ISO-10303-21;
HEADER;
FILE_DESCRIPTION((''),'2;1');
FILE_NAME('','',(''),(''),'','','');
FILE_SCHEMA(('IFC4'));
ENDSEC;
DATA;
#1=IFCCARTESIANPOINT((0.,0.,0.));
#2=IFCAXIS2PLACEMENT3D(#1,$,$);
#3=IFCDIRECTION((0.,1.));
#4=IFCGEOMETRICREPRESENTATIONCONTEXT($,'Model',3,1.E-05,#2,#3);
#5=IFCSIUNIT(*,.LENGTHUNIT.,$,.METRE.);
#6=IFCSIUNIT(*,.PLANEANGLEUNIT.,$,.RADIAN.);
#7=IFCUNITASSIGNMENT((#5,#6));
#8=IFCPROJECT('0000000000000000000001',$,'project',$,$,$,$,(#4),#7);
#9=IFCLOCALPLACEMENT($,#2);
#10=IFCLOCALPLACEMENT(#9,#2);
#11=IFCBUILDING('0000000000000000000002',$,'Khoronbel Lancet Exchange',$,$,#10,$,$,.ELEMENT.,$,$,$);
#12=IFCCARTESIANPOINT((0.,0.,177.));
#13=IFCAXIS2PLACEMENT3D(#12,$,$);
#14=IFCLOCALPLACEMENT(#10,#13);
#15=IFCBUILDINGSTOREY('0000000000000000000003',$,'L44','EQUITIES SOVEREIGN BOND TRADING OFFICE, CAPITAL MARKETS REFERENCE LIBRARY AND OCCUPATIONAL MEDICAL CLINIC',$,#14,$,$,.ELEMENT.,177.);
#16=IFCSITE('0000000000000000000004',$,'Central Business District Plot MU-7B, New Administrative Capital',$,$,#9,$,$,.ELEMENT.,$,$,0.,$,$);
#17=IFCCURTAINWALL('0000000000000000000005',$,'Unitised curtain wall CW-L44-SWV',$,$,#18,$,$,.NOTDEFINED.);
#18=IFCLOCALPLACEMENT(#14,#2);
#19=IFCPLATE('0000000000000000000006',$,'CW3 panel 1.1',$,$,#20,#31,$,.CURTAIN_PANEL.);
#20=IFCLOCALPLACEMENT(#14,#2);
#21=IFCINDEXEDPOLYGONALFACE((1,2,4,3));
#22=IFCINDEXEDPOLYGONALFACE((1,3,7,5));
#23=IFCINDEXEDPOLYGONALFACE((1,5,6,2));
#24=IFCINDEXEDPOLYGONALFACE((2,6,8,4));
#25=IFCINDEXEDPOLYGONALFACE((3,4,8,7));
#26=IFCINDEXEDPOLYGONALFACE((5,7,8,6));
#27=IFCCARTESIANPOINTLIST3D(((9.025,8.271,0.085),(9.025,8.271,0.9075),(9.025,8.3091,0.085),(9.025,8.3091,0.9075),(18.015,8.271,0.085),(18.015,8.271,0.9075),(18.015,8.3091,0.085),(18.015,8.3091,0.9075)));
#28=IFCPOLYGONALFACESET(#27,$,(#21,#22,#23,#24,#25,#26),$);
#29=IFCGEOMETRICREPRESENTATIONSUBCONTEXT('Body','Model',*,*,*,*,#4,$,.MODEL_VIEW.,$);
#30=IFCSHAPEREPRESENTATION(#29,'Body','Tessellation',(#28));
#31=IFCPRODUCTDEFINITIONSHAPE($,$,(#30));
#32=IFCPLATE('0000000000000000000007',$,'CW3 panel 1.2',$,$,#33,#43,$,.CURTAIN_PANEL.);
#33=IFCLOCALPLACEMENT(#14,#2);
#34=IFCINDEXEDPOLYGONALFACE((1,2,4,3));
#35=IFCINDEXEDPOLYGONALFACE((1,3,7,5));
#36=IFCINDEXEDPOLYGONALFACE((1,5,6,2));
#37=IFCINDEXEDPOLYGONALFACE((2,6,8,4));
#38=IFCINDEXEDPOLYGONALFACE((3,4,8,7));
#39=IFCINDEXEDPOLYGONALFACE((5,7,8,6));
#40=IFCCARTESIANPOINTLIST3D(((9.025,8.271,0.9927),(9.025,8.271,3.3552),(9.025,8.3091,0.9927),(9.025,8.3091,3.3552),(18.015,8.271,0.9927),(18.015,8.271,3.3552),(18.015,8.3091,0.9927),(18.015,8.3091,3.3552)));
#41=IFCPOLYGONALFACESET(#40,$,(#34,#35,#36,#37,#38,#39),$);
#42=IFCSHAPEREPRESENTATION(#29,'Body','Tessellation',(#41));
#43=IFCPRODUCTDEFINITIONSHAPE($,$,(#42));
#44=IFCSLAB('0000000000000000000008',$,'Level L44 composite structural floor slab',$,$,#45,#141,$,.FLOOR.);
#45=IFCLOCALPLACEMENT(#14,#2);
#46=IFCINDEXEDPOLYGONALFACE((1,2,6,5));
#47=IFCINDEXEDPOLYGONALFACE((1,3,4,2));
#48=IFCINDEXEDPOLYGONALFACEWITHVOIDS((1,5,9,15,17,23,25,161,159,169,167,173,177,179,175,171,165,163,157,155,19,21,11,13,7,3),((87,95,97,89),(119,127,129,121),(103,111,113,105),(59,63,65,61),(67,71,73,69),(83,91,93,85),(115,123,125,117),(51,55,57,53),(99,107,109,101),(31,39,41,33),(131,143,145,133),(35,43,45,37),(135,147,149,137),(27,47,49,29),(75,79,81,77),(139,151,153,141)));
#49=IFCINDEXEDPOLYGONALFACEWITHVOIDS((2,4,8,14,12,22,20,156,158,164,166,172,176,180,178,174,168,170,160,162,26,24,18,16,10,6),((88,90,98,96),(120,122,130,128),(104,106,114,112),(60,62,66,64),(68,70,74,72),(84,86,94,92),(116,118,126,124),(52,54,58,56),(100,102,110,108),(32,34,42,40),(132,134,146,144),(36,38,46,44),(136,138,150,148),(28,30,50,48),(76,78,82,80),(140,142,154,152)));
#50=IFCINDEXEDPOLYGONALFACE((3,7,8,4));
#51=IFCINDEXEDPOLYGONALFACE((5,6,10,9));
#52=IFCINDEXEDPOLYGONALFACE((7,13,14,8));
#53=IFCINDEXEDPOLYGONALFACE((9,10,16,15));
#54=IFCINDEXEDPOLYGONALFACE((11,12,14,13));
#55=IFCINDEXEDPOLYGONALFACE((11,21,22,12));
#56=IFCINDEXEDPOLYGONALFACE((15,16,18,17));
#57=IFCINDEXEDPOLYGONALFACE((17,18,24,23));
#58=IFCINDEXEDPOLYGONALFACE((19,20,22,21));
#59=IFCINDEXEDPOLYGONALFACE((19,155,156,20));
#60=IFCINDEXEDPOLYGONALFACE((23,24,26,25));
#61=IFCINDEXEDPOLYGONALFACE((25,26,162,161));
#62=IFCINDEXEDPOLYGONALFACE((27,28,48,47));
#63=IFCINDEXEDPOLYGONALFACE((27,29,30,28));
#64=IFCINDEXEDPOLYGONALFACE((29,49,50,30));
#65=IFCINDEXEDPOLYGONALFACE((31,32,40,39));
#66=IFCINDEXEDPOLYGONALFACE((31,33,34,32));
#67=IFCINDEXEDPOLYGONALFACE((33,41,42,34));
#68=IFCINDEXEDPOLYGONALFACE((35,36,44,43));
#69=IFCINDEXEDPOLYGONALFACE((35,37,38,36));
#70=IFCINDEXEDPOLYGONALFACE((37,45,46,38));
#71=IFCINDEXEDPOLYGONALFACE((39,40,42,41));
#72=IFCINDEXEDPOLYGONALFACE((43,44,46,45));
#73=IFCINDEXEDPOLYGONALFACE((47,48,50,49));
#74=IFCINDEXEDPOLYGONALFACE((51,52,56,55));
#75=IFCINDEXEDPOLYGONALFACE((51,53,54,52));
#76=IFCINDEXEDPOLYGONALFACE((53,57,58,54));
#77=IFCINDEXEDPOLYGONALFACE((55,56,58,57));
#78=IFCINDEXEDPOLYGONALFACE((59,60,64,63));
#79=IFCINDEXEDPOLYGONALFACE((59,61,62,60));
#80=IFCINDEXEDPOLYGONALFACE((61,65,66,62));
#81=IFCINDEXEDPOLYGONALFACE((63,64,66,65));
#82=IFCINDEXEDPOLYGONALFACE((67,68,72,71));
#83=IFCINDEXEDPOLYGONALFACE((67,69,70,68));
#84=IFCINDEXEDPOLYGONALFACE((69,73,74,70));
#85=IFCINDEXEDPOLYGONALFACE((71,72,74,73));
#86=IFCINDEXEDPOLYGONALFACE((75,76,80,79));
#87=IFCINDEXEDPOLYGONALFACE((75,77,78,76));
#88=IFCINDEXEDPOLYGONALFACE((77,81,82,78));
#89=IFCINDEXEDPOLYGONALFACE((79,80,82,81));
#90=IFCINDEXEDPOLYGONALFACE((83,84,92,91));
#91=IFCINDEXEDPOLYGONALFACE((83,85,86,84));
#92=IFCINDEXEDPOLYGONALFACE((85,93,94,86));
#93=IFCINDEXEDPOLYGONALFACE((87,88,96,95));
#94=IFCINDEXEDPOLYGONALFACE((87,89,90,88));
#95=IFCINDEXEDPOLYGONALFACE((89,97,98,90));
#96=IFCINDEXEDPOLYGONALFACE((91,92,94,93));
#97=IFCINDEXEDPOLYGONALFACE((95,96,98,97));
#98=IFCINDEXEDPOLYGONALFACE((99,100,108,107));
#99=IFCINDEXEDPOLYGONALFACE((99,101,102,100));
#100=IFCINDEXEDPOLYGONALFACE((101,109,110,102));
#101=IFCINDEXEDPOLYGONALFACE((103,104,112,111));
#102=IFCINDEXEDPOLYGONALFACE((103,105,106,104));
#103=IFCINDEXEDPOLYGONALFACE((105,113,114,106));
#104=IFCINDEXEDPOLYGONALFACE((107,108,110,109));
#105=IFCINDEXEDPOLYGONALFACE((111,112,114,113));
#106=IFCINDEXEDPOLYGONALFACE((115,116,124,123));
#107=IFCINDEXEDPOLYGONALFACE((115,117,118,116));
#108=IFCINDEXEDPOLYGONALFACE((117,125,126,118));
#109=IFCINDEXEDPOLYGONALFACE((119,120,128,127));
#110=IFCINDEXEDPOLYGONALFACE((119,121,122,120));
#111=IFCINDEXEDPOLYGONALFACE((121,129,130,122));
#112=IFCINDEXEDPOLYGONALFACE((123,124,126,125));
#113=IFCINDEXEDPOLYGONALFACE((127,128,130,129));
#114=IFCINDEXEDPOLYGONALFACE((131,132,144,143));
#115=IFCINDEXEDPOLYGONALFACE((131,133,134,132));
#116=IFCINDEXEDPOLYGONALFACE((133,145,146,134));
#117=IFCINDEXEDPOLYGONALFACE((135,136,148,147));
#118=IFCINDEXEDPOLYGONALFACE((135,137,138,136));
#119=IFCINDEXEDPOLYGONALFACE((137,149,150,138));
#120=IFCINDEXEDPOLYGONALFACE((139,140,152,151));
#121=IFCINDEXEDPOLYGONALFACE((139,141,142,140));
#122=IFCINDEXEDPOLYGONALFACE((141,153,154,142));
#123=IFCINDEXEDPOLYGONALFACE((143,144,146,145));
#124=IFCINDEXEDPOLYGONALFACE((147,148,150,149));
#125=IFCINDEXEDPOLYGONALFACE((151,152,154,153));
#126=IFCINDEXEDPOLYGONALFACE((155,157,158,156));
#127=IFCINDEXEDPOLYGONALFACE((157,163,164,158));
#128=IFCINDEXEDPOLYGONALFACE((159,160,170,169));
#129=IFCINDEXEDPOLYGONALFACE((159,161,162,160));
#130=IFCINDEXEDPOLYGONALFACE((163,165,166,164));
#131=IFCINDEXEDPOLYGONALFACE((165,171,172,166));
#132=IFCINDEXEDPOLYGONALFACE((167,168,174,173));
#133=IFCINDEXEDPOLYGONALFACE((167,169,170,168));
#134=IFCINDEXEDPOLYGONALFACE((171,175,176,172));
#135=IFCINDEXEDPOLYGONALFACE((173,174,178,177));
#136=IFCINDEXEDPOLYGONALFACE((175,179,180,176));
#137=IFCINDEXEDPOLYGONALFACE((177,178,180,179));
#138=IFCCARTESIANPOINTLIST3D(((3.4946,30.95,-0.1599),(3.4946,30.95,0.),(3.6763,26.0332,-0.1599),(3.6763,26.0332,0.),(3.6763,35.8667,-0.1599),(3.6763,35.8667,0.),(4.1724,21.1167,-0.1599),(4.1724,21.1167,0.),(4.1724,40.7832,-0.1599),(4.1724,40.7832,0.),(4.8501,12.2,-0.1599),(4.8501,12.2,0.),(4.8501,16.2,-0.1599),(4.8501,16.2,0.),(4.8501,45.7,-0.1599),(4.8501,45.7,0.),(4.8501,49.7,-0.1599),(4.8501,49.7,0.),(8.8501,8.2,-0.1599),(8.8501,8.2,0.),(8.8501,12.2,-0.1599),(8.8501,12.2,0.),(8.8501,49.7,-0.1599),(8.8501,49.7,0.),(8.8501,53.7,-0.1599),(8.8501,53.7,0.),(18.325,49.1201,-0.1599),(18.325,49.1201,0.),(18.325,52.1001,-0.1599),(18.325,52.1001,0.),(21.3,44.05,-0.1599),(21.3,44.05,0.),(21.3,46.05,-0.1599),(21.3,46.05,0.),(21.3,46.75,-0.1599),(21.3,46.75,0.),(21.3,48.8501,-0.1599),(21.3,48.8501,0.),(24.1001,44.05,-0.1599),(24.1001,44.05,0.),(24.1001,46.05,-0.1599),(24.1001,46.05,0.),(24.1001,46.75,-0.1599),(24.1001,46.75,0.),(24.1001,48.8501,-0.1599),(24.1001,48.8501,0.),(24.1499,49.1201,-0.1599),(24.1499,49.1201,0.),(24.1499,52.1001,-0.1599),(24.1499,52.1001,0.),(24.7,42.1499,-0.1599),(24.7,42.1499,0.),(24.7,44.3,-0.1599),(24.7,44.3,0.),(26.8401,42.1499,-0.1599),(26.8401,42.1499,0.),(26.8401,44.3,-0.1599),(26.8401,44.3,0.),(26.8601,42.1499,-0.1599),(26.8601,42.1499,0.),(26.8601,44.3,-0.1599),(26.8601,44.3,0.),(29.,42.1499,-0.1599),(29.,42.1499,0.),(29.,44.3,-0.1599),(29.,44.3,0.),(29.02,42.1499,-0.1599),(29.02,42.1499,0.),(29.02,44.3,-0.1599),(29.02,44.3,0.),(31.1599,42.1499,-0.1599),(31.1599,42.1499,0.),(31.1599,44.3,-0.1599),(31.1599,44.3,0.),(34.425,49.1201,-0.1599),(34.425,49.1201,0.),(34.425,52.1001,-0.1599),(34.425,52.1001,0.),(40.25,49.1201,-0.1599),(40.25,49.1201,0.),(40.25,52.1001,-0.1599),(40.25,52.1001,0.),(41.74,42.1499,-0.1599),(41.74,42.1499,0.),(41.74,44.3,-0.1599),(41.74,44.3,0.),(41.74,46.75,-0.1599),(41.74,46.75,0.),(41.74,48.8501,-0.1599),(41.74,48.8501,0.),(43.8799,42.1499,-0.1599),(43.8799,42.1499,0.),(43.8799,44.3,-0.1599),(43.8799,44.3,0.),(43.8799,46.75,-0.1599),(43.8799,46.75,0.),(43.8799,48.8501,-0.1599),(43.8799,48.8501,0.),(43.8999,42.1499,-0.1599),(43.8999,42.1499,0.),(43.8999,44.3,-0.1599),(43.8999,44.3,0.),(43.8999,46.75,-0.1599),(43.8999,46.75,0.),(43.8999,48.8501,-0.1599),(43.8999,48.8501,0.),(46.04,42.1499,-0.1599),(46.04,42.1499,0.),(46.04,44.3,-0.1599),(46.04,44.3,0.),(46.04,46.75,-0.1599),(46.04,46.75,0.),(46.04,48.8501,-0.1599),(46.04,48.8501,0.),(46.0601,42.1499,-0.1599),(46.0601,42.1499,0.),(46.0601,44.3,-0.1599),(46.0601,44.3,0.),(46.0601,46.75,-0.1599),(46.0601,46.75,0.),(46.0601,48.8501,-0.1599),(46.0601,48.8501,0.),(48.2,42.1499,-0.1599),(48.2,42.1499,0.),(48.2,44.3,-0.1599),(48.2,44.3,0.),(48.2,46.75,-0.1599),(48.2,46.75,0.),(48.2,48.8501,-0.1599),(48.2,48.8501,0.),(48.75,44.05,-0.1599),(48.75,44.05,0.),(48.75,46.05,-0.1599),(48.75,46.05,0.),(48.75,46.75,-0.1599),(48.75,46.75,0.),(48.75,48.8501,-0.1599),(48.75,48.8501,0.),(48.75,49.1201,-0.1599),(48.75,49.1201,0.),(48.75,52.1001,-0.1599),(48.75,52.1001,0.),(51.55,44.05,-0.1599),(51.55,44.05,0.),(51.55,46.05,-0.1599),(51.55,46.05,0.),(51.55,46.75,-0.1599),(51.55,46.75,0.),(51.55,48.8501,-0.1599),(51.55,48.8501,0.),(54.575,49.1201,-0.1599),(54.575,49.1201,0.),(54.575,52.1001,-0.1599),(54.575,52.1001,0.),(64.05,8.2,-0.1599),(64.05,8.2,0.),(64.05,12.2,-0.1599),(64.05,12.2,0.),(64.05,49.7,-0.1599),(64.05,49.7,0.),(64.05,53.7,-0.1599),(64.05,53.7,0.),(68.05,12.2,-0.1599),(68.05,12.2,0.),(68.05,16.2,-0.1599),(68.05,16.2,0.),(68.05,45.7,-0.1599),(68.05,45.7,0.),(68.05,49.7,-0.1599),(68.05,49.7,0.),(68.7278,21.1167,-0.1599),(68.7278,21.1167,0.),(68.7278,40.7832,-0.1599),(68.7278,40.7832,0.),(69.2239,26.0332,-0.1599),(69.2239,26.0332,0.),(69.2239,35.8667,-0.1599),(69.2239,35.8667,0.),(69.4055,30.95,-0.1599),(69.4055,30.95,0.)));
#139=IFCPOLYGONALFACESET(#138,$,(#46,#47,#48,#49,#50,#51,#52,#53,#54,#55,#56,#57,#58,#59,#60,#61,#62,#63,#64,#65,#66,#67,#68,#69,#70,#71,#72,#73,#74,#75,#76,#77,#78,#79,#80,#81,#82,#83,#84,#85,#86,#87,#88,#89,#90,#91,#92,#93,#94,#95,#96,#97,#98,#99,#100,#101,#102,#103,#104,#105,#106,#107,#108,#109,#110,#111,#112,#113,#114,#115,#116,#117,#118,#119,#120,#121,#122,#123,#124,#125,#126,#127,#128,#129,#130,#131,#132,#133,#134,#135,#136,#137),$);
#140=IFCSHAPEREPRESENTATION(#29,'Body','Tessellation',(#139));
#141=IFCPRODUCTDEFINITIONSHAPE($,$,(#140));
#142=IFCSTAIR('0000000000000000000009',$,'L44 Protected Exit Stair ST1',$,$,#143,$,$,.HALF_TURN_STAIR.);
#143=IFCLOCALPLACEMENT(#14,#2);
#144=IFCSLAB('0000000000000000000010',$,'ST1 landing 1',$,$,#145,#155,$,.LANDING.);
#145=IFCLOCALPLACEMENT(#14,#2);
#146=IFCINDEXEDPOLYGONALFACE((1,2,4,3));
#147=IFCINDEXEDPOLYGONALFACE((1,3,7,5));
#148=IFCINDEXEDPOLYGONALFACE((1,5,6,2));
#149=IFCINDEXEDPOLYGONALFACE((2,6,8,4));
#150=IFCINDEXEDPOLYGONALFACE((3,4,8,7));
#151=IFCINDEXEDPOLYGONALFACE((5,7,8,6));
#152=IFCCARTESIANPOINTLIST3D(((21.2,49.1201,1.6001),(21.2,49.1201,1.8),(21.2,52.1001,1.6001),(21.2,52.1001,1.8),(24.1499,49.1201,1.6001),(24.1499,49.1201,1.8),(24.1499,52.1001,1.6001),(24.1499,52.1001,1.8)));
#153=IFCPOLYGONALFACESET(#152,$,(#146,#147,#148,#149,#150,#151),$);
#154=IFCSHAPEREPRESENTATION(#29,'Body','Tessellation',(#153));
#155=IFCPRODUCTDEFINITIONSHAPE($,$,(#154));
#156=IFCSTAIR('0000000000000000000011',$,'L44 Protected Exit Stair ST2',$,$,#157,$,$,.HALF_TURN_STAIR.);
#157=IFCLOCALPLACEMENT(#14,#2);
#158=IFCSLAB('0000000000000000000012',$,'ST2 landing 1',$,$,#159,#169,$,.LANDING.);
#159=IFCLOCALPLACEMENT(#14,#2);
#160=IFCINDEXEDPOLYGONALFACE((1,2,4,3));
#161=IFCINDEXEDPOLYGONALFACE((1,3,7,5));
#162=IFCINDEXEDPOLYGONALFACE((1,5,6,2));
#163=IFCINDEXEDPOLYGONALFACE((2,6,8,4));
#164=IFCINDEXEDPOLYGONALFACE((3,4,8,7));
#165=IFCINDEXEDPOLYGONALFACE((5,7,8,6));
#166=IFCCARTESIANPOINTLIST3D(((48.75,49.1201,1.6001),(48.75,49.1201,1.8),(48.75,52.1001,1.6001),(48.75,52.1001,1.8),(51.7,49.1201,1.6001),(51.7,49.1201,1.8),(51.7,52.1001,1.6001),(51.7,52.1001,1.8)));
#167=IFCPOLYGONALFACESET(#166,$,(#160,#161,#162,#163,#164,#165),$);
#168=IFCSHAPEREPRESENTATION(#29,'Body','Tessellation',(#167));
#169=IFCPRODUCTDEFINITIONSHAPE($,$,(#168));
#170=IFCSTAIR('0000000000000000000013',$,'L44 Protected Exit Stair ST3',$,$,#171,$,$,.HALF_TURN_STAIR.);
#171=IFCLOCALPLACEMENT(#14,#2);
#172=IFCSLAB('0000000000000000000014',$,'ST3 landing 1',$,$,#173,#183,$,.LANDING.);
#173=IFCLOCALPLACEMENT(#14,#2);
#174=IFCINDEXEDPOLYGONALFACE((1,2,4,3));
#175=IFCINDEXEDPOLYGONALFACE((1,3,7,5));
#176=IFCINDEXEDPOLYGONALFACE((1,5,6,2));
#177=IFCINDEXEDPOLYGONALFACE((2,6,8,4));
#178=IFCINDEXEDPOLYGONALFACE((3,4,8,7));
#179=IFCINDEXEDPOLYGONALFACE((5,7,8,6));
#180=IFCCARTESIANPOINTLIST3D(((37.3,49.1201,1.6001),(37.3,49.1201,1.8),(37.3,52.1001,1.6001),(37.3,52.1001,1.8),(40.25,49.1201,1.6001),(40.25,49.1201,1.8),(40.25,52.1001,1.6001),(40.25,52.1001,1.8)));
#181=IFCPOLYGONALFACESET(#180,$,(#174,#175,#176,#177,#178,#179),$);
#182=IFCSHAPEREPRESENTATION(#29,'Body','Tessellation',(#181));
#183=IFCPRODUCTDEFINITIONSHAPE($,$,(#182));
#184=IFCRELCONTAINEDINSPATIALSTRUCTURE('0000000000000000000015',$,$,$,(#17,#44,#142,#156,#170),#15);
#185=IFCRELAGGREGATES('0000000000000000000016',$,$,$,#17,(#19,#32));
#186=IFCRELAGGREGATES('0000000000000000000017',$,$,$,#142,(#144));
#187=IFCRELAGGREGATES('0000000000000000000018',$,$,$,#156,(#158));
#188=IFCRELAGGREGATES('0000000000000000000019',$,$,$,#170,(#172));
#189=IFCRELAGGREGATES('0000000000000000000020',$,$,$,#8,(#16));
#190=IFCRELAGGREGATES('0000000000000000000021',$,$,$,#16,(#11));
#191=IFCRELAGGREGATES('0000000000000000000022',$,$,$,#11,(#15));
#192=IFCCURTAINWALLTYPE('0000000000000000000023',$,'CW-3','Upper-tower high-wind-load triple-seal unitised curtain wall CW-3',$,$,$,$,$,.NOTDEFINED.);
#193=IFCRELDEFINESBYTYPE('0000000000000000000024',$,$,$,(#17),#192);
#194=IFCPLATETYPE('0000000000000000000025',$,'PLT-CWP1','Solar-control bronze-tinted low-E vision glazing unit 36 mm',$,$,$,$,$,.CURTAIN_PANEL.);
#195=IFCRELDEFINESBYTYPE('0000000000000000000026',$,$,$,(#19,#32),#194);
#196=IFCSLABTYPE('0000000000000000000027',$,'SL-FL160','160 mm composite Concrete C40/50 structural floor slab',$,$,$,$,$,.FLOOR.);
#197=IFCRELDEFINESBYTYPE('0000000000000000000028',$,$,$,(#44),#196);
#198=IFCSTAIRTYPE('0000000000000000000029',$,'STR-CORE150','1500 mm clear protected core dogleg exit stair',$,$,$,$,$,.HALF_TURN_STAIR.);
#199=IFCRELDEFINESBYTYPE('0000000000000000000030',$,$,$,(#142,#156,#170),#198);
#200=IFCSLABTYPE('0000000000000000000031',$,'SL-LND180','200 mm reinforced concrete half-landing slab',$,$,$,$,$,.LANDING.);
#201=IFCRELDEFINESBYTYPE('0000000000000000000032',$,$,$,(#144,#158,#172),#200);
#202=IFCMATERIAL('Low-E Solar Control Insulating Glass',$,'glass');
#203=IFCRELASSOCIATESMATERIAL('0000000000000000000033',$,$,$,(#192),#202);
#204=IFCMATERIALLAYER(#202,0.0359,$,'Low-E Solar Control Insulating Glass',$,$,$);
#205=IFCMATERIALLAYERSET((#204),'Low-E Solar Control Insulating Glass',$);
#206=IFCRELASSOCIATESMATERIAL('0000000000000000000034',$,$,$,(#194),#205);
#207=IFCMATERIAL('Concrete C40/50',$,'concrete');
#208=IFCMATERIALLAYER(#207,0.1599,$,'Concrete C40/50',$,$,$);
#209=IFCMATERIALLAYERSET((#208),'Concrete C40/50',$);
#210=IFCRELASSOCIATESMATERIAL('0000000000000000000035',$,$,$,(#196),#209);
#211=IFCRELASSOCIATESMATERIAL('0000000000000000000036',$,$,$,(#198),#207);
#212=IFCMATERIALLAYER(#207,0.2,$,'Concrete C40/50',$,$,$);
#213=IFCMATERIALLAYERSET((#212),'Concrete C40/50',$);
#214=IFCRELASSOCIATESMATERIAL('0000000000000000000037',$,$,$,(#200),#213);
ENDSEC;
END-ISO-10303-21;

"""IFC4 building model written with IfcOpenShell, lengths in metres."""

from ifc_helpers import new_model, si_unit, direction, frame, origin, origin_2d, place, context, subcontext, project, spatial, polyline, rectangle, outline, extrude, material, layer, layer_set, type_object, element, aggregate, save


model = new_model("IFC4")

# Units and contexts
model_context = context("Model", 3, precision=1e-05, world=origin(), true_north=direction((0.0, 1.0)))
body_context = subcontext(model_context, "Body", "Model", "MODEL_VIEW")
ifc_project = project(units=[si_unit("LENGTHUNIT", "METRE"), si_unit("PLANEANGLEUNIT", "RADIAN")], contexts=[model_context])

# Site, building, storey
site_placement = place(None, origin())
site = spatial("IfcSite", under=ifc_project, at=site_placement, Name="Central Business District Plot MU-7B, New Administrative Capital", CompositionType="ELEMENT", RefElevation=0.0)
building_placement = place(site_placement, origin())
building = spatial("IfcBuilding", under=site, at=building_placement, Name="Khoronbel Lancet Exchange", CompositionType="ELEMENT")
storey_placement = place(building_placement, frame((0.0, 0.0, 177.0)))
storey = spatial("IfcBuildingStorey", under=building, at=storey_placement, Name="L44", Description="EQUITIES SOVEREIGN BOND TRADING OFFICE, CAPITAL MARKETS REFERENCE LIBRARY AND OCCUPATIONAL MEDICAL CLINIC", CompositionType="ELEMENT", Elevation=177.0)

# Curtain wall
ifc_material_1 = material(Name="Low-E Solar Control Insulating Glass", Category="glass")
curtain_wall_type = type_object("IfcCurtainWallType", Name="CW-3", Description="Upper-tower high-wind-load triple-seal unitised curtain wall CW-3", PredefinedType="NOTDEFINED", material=ifc_material_1)
curtain_wall_1_placement = place(storey_placement, origin())
curtain_wall_1 = element("IfcCurtainWall", 1, at=curtain_wall_1_placement, inside=storey, type_object=curtain_wall_type, Name="Unitised curtain wall CW-L44-SWV", PredefinedType="NOTDEFINED")

# Plates
ifc_layer_1 = layer(ifc_material_1, 0.0359, Name="Low-E Solar Control Insulating Glass")
ifc_layer_set_1 = layer_set([ifc_layer_1], Name="Low-E Solar Control Insulating Glass")
plate_type = type_object("IfcPlateType", Name="PLT-CWP1", Description="Solar-control bronze-tinted low-E vision glazing unit 36 mm", PredefinedType="CURTAIN_PANEL", material=ifc_layer_set_1)
plate_1_placement = place(storey_placement, frame((13.52, 8.29, 0.085), z_axis=(0.0, 0.0, 1.0), x_axis=(1.0, 0.0, 0.0)))
plate_1 = element("IfcPlate", 2, at=plate_1_placement, type_object=plate_type, Name="CW3 panel 1.1", PredefinedType="CURTAIN_PANEL", context=body_context, shape_type="SweptSolid", body=[
    extrude(rectangle(XDim=8.99, YDim=0.0381, at=origin_2d()), origin(), (0.0, 0.0, 1.0), 0.8225),
])
plate_2_placement = place(storey_placement, frame((13.52, 8.29, 0.9927), z_axis=(0.0, 0.0, 1.0), x_axis=(1.0, 0.0, 0.0)))
plate_2 = element("IfcPlate", 3, at=plate_2_placement, type_object=plate_type, Name="CW3 panel 1.2", PredefinedType="CURTAIN_PANEL", context=body_context, shape_type="SweptSolid", body=[
    extrude(rectangle(XDim=8.99, YDim=0.0381, at=origin_2d()), origin(), (0.0, 0.0, 1.0), 2.3625),
])
aggregate(curtain_wall_1, [plate_1, plate_2])

# Slab
ifc_material_2 = material(Name="Concrete C40/50", Category="concrete")
ifc_layer_2 = layer(ifc_material_2, 0.1599, Name="Concrete C40/50")
ifc_layer_set_2 = layer_set([ifc_layer_2], Name="Concrete C40/50")
slab_type_1 = type_object("IfcSlabType", Name="SL-FL160", Description="160 mm composite Concrete C40/50 structural floor slab", PredefinedType="FLOOR", material=ifc_layer_set_2)
slab_1_placement = place(storey_placement, frame((0.0, 0.0, -0.1599)))
element("IfcSlab", 4, at=slab_1_placement, inside=storey, type_object=slab_type_1, Name="Level L44 composite structural floor slab", PredefinedType="FLOOR", context=body_context, shape_type="SweptSolid", body=[
    extrude(outline(polyline([(8.8501, 8.2), (64.05, 8.2), (64.05, 12.2), (68.05, 12.2), (68.05, 16.2), (68.7278, 21.1167), (69.2239, 26.0332), (69.4055, 30.95), (69.2239, 35.8667), (68.7278, 40.7832), (68.05, 45.7), (68.05, 49.7), (64.05, 49.7), (64.05, 53.7), (8.8501, 53.7), (8.8501, 49.7), (4.8501, 49.7), (4.8501, 45.7), (4.1724, 40.7832), (3.6763, 35.8667), (3.4946, 30.95), (3.6763, 26.0332), (4.1724, 21.1167), (4.8501, 16.2), (4.8501, 12.2), (8.8501, 12.2), (8.8501, 8.2)]), holes=[polyline([(18.325, 49.1201), (24.1499, 49.1201), (24.1499, 52.1001), (18.325, 52.1001), (18.325, 49.1201)]), polyline([(48.75, 49.1201), (54.575, 49.1201), (54.575, 52.1001), (48.75, 52.1001), (48.75, 49.1201)]), polyline([(34.425, 49.1201), (40.25, 49.1201), (40.25, 52.1001), (34.425, 52.1001), (34.425, 49.1201)]), polyline([(24.7, 42.1499), (26.8401, 42.1499), (26.8401, 44.3), (24.7, 44.3), (24.7, 42.1499)]), polyline([(26.8601, 42.1499), (29.0, 42.1499), (29.0, 44.3), (26.8601, 44.3), (26.8601, 42.1499)]), polyline([(29.02, 42.1499), (31.1599, 42.1499), (31.1599, 44.3), (29.02, 44.3), (29.02, 42.1499)]), polyline([(41.74, 46.75), (43.8799, 46.75), (43.8799, 48.8501), (41.74, 48.8501), (41.74, 46.75)]), polyline([(43.8999, 46.75), (46.04, 46.75), (46.04, 48.8501), (43.8999, 48.8501), (43.8999, 46.75)]), polyline([(46.0601, 46.75), (48.2, 46.75), (48.2, 48.8501), (46.0601, 48.8501), (46.0601, 46.75)]), polyline([(41.74, 42.1499), (43.8799, 42.1499), (43.8799, 44.3), (41.74, 44.3), (41.74, 42.1499)]), polyline([(43.8999, 42.1499), (46.04, 42.1499), (46.04, 44.3), (43.8999, 44.3), (43.8999, 42.1499)]), polyline([(46.0601, 42.1499), (48.2, 42.1499), (48.2, 44.3), (46.0601, 44.3), (46.0601, 42.1499)]), polyline([(21.3, 46.75), (24.1001, 46.75), (24.1001, 48.8501), (21.3, 48.8501), (21.3, 46.75)]), polyline([(48.75, 46.75), (51.55, 46.75), (51.55, 48.8501), (48.75, 48.8501), (48.75, 46.75)]), polyline([(21.3, 44.05), (24.1001, 44.05), (24.1001, 46.05), (21.3, 46.05), (21.3, 44.05)]), polyline([(48.75, 44.05), (51.55, 44.05), (51.55, 46.05), (48.75, 46.05), (48.75, 44.05)])]), origin(), (0.0, 0.0, 1.0), 0.1599),
])

# Stairs, slabs
stair_type = type_object("IfcStairType", Name="STR-CORE150", Description="1500 mm clear protected core dogleg exit stair", PredefinedType="HALF_TURN_STAIR", material=ifc_material_2)
stair_1_placement = place(storey_placement, origin())
stair_1 = element("IfcStair", 5, at=stair_1_placement, inside=storey, type_object=stair_type, Name="L44 Protected Exit Stair ST1", PredefinedType="HALF_TURN_STAIR")
ifc_layer_3 = layer(ifc_material_2, 0.2, Name="Concrete C40/50")
ifc_layer_set_3 = layer_set([ifc_layer_3], Name="Concrete C40/50")
slab_type_2 = type_object("IfcSlabType", Name="SL-LND180", Description="200 mm reinforced concrete half-landing slab", PredefinedType="LANDING", material=ifc_layer_set_3)
slab_2_placement = place(storey_placement, frame((0.0, 0.0, 1.6001)))
slab_2 = element("IfcSlab", 6, at=slab_2_placement, type_object=slab_type_2, Name="ST1 landing 1", PredefinedType="LANDING", context=body_context, shape_type="SweptSolid", body=[
    extrude(outline(polyline([(21.2, 49.1201), (24.1499, 49.1201), (24.1499, 52.1001), (21.2, 52.1001), (21.2, 49.1201)])), origin(), (0.0, 0.0, 1.0), 0.2),
])
aggregate(stair_1, [slab_2])
stair_2_placement = place(storey_placement, origin())
stair_2 = element("IfcStair", 7, at=stair_2_placement, inside=storey, type_object=stair_type, Name="L44 Protected Exit Stair ST2", PredefinedType="HALF_TURN_STAIR")
slab_3_placement = place(storey_placement, frame((0.0, 0.0, 1.6001)))
slab_3 = element("IfcSlab", 8, at=slab_3_placement, type_object=slab_type_2, Name="ST2 landing 1", PredefinedType="LANDING", context=body_context, shape_type="SweptSolid", body=[
    extrude(outline(polyline([(51.7, 52.1001), (48.75, 52.1001), (48.75, 49.1201), (51.7, 49.1201), (51.7, 52.1001)])), origin(), (0.0, 0.0, 1.0), 0.2),
])
aggregate(stair_2, [slab_3])
stair_3_placement = place(storey_placement, origin())
stair_3 = element("IfcStair", 9, at=stair_3_placement, inside=storey, type_object=stair_type, Name="L44 Protected Exit Stair ST3", PredefinedType="HALF_TURN_STAIR")
slab_4_placement = place(storey_placement, frame((0.0, 0.0, 1.6001)))
slab_4 = element("IfcSlab", 10, at=slab_4_placement, type_object=slab_type_2, Name="ST3 landing 1", PredefinedType="LANDING", context=body_context, shape_type="SweptSolid", body=[
    extrude(outline(polyline([(37.3, 49.1201), (40.25, 49.1201), (40.25, 52.1001), (37.3, 52.1001), (37.3, 49.1201)])), origin(), (0.0, 0.0, 1.0), 0.2),
])
aggregate(stair_3, [slab_4])

save(model, "model.ifc")
